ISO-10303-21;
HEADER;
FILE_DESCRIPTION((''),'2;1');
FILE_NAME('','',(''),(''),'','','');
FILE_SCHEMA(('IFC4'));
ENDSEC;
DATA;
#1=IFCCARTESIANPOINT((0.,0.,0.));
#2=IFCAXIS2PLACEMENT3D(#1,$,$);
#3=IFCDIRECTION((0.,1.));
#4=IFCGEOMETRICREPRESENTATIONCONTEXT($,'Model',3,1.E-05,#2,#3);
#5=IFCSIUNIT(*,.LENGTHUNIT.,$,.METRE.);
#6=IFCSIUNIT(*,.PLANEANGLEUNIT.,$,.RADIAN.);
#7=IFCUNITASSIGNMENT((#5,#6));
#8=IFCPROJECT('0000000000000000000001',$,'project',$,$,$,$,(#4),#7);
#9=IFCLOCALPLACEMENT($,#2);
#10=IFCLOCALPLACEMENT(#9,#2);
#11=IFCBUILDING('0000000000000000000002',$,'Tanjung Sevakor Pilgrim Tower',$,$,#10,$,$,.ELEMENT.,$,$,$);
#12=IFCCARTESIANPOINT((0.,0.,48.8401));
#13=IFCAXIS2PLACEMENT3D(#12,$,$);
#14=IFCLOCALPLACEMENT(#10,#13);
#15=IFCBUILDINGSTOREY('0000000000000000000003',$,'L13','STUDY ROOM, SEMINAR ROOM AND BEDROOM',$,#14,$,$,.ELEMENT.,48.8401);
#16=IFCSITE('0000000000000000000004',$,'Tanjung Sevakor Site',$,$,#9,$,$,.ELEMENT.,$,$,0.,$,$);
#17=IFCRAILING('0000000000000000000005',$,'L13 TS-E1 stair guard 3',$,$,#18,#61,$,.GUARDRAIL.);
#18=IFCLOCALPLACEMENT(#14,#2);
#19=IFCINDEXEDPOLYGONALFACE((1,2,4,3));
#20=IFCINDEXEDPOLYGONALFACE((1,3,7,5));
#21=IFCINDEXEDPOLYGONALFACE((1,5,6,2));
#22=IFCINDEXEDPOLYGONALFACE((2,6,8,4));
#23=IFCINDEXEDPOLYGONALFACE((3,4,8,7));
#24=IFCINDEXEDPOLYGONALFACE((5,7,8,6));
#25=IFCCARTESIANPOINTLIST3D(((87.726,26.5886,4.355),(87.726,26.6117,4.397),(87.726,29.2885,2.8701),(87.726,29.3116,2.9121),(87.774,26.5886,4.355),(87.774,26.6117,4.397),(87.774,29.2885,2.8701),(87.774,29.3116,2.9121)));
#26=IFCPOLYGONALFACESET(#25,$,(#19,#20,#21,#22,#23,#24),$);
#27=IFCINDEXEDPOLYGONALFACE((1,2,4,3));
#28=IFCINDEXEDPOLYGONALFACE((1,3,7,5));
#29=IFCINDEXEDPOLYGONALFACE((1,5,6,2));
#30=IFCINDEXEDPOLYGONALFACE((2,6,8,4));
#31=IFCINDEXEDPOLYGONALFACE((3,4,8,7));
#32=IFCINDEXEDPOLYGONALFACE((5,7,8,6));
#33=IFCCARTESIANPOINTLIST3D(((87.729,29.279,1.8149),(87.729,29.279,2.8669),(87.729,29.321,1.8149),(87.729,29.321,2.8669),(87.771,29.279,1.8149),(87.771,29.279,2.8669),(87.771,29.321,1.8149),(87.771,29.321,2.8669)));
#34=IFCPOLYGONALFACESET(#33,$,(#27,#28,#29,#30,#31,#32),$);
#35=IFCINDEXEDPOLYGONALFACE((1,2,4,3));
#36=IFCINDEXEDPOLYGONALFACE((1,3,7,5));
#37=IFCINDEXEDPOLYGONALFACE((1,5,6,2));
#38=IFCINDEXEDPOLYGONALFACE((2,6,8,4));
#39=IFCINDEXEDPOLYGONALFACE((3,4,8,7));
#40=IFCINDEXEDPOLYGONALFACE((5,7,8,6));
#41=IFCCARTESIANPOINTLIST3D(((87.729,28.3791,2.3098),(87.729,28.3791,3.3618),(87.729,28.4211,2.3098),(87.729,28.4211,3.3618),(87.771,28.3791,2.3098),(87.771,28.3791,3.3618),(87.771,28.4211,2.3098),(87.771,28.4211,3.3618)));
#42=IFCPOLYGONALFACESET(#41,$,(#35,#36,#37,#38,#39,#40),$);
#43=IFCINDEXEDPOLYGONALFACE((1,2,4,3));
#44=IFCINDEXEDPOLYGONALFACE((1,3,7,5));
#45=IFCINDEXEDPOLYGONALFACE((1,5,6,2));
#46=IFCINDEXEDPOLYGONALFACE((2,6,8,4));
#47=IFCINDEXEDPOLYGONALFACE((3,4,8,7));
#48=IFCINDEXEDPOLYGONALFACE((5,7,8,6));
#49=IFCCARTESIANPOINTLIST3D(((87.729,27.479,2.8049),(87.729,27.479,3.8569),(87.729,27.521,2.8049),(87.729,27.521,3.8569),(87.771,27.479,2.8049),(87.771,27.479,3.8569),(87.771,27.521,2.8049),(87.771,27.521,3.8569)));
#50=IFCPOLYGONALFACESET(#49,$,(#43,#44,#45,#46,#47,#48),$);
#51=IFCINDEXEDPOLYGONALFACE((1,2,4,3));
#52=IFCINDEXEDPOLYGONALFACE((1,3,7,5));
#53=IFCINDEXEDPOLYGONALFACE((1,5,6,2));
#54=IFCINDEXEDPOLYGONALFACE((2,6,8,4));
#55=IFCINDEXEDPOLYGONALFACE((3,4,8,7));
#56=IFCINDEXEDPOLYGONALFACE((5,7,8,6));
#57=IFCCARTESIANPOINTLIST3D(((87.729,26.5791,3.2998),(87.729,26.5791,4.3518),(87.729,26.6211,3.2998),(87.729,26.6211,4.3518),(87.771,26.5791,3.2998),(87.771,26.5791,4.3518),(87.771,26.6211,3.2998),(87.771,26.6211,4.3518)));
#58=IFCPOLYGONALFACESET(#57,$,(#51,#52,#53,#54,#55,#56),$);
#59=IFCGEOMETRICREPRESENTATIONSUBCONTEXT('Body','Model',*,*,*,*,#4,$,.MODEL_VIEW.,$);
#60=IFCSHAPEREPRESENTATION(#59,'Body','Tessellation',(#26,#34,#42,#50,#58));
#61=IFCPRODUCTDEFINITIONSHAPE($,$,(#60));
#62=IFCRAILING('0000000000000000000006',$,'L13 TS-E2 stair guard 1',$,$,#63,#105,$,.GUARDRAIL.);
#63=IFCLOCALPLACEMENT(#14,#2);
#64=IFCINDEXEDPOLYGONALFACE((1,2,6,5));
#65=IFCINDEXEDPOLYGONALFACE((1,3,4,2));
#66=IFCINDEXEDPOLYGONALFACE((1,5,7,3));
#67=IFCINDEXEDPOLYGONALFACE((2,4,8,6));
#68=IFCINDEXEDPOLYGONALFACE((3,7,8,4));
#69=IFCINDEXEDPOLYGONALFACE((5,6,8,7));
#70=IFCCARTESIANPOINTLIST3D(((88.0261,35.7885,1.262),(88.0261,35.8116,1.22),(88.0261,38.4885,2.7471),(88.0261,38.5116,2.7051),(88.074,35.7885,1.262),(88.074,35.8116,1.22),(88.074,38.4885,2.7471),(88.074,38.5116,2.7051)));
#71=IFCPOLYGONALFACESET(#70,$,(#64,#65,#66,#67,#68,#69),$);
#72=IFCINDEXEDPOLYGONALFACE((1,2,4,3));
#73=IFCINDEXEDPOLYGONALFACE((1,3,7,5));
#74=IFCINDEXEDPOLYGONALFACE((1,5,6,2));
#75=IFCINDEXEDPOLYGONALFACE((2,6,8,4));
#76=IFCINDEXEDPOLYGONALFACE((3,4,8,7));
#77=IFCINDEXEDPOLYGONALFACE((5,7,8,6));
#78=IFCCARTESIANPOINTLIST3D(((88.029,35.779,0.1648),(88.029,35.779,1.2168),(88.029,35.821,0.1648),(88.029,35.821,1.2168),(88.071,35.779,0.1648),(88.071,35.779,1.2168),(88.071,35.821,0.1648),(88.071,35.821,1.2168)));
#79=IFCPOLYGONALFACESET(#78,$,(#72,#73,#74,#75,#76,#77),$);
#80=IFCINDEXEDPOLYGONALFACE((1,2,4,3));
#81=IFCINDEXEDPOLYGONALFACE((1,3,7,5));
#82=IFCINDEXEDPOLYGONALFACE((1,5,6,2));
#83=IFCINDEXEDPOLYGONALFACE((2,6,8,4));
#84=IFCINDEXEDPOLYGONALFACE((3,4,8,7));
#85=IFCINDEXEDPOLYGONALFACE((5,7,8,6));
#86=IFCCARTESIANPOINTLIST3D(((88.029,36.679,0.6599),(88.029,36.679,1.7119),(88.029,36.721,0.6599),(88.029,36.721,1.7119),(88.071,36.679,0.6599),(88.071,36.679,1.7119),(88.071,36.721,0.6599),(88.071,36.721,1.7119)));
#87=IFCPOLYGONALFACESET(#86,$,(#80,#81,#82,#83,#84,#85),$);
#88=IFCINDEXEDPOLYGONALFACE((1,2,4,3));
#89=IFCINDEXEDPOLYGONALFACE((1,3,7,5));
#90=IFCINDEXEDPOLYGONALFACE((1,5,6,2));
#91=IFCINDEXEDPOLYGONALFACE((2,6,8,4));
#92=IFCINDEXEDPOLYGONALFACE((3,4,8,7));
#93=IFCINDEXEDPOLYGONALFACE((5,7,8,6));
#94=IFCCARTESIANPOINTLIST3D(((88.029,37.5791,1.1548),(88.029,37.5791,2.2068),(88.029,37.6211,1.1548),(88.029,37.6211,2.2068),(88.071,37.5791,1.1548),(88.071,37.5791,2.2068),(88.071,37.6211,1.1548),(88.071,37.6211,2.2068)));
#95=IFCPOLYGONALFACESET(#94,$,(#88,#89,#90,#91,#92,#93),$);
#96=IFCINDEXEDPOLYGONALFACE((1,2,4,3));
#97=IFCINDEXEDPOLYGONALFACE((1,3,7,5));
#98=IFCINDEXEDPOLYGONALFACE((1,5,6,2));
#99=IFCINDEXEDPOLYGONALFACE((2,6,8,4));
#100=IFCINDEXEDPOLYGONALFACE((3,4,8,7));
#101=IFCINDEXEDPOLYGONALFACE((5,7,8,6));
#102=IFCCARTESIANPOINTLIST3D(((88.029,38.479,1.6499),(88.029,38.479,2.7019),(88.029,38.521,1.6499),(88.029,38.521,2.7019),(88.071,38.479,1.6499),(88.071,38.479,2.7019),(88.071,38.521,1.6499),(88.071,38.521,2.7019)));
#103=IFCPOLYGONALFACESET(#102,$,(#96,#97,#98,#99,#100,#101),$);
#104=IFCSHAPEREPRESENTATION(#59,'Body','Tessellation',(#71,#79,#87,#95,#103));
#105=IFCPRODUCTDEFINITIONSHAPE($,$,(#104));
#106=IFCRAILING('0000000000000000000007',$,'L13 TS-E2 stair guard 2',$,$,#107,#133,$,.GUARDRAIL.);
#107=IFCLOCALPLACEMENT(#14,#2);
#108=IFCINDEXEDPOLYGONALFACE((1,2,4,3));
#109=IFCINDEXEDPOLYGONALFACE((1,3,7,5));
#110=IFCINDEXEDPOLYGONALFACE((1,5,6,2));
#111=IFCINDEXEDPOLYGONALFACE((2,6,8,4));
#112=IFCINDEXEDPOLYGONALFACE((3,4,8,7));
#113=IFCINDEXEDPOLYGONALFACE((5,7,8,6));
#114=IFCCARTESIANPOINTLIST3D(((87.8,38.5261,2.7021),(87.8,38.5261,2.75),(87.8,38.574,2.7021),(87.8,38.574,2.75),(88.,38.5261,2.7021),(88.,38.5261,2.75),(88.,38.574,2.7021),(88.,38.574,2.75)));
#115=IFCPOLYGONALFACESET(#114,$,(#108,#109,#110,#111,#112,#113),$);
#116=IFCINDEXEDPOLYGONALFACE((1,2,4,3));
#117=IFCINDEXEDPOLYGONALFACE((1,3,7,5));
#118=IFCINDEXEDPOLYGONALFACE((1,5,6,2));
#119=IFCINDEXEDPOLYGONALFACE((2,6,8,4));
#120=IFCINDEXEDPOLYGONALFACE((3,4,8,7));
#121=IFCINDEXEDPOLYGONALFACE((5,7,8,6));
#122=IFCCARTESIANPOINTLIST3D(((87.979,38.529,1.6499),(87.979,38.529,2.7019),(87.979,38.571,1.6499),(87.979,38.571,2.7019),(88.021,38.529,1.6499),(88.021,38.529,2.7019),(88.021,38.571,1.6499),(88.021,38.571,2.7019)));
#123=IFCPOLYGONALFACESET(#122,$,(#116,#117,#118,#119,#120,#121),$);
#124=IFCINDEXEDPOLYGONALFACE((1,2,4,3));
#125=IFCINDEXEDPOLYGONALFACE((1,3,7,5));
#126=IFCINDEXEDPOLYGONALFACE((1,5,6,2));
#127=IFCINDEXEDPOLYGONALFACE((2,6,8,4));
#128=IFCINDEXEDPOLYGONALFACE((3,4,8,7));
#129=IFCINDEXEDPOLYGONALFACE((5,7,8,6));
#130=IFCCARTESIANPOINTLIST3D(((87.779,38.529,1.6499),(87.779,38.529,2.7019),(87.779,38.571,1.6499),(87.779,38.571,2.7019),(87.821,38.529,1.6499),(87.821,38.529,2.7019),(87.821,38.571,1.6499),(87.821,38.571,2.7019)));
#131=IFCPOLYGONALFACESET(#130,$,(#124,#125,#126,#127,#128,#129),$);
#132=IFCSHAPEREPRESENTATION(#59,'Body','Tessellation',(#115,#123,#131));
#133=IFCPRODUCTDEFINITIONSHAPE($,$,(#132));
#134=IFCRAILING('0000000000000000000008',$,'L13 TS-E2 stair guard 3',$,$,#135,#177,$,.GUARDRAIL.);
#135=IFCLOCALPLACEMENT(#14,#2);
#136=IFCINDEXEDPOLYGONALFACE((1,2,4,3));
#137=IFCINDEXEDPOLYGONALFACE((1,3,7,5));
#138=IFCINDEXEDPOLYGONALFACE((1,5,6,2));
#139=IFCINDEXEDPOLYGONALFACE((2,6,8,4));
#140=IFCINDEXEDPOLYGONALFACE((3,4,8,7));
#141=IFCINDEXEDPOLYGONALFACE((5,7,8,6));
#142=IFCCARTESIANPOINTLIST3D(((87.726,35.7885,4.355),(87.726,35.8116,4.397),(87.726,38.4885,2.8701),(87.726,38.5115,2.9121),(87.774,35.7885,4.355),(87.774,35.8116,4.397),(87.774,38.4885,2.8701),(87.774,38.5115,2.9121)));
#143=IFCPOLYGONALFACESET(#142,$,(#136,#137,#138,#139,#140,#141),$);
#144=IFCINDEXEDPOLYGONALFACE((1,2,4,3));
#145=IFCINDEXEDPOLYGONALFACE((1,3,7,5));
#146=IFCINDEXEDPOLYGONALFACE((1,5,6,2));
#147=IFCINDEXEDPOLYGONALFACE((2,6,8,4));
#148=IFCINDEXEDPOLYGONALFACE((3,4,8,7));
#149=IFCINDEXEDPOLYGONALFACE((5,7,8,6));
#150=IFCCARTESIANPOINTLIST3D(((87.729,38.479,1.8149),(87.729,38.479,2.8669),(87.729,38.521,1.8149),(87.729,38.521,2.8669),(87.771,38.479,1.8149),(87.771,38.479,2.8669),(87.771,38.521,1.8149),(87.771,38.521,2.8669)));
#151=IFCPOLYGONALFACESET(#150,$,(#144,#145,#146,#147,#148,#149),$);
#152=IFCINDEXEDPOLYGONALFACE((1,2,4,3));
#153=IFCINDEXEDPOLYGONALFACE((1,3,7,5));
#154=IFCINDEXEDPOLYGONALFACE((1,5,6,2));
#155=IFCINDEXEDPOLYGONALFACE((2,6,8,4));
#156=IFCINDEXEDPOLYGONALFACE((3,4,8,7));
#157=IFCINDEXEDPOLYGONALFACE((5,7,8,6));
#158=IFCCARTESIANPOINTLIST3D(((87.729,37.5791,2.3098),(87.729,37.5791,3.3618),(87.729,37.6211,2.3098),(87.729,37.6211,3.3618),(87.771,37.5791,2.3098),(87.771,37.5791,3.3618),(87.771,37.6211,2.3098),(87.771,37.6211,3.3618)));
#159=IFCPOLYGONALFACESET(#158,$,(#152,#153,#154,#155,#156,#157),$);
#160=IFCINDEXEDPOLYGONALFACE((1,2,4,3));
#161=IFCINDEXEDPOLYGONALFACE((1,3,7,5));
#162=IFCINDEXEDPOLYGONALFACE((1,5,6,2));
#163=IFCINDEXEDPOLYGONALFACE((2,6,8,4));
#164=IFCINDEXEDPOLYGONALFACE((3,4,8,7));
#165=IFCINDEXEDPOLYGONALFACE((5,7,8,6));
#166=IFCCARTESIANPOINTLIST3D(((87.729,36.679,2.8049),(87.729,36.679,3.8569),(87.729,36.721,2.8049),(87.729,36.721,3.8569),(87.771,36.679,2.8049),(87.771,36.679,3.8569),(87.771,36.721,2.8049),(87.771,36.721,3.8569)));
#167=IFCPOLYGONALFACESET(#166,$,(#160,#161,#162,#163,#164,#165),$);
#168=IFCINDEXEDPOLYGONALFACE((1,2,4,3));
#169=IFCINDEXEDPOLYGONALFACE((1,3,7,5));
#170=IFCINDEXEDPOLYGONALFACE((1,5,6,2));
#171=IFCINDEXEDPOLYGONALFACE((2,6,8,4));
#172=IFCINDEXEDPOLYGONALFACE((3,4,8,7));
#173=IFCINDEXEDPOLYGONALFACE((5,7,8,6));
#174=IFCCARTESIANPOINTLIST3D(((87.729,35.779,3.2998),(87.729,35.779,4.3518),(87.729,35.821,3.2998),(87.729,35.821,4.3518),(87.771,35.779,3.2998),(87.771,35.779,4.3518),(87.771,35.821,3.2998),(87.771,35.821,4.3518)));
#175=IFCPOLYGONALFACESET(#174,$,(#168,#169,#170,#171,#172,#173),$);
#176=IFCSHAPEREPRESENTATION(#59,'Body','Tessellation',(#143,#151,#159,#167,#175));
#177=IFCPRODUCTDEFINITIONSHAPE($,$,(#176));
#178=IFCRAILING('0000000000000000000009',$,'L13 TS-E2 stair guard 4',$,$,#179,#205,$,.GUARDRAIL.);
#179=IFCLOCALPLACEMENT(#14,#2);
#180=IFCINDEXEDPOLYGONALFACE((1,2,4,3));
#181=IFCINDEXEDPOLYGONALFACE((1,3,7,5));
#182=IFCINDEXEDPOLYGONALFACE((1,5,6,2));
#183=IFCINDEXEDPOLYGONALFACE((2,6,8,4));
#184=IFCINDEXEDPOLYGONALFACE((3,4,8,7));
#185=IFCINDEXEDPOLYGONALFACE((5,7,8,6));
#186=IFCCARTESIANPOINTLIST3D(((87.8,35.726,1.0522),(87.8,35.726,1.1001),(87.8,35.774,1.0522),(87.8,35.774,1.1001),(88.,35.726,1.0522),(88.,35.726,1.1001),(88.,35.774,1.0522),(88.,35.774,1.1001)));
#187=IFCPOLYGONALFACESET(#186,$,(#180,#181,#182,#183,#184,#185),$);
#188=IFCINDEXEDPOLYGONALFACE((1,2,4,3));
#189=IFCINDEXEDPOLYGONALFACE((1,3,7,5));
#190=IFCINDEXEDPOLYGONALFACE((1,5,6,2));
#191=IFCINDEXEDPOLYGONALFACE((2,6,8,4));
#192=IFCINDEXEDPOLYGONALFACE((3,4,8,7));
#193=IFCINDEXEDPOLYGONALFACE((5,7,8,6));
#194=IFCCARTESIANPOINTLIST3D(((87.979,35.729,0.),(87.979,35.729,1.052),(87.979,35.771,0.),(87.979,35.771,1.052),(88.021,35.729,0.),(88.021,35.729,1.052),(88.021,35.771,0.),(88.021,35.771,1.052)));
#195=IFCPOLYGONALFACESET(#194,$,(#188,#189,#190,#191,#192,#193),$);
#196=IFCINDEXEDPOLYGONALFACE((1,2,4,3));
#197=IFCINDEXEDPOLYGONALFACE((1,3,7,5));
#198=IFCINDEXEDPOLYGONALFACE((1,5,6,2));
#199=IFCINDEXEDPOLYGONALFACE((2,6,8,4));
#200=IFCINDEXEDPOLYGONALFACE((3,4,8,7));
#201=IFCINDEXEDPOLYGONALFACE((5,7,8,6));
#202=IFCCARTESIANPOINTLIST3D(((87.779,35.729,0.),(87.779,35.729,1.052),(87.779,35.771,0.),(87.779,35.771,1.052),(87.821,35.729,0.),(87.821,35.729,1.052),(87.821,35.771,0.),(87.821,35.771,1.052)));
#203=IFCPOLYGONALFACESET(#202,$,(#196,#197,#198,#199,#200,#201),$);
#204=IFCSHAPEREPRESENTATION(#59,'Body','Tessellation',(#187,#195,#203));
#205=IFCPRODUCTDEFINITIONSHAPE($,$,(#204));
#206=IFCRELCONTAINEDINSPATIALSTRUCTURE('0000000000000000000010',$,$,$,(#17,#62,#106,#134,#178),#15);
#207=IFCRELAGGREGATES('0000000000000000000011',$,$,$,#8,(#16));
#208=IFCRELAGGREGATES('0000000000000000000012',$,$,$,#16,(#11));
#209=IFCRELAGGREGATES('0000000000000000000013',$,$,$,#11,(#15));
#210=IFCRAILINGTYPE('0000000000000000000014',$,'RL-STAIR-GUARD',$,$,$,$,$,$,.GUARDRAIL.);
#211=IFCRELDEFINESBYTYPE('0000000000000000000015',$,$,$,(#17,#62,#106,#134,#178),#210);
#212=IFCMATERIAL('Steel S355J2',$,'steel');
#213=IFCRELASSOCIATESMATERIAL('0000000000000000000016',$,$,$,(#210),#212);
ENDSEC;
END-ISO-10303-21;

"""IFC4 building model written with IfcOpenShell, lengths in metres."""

from ifc_helpers import new_model, si_unit, direction, frame, origin, place, context, subcontext, project, spatial, rectangle, extrude, material, type_object, element, save


model = new_model("IFC4")

# Units and contexts
model_context = context("Model", 3, precision=1e-05, world=origin(), true_north=direction((0.0, 1.0)))
body_context = subcontext(model_context, "Body", "Model", "MODEL_VIEW")
ifc_project = project(units=[si_unit("LENGTHUNIT", "METRE"), si_unit("PLANEANGLEUNIT", "RADIAN")], contexts=[model_context])

# Site, building, storey
site_placement = place(None, origin())
site = spatial("IfcSite", under=ifc_project, at=site_placement, Name="Tanjung Sevakor Site", CompositionType="ELEMENT", RefElevation=0.0)
building_placement = place(site_placement, origin())
building = spatial("IfcBuilding", under=site, at=building_placement, Name="Tanjung Sevakor Pilgrim Tower", CompositionType="ELEMENT")
storey_placement = place(building_placement, frame((0.0, 0.0, 48.8401)))
storey = spatial("IfcBuildingStorey", under=building, at=storey_placement, Name="L13", Description="STUDY ROOM, SEMINAR ROOM AND BEDROOM", CompositionType="ELEMENT", Elevation=48.8401)

# Railings
ifc_material_1 = material(Name="Steel S355J2", Category="steel")
railing_type_1 = type_object("IfcRailingType", Name="RL-STAIR-GUARD", PredefinedType="GUARDRAIL", material=ifc_material_1)
railing_1_placement = place(storey_placement, frame((87.75, 29.3, 1.8149)))
element("IfcRailing", 1, at=railing_1_placement, inside=storey, type_object=railing_type_1, Name="L13 TS-E1 stair guard 3", PredefinedType="GUARDRAIL", context=body_context, shape_type="SweptSolid", body=[
    extrude(rectangle(XDim=0.0479, YDim=0.0479), frame((0.0, 0.0, 1.0762), z_axis=(0.0, -0.876231, 0.481891), x_axis=(1.0, 0.0, 0.0)), (0.0, 0.0, 1.0), 3.0813),
    extrude(rectangle(XDim=0.042, YDim=0.042), origin(), (0.0, 0.0, 1.0), 1.052),
    extrude(rectangle(XDim=0.042, YDim=0.042), frame((0.0, -0.8999, 0.4949)), (0.0, 0.0, 1.0), 1.052),
    extrude(rectangle(XDim=0.042, YDim=0.042), frame((0.0, -1.8, 0.99)), (0.0, 0.0, 1.0), 1.052),
    extrude(rectangle(XDim=0.042, YDim=0.042), frame((0.0, -2.7, 1.4849)), (0.0, 0.0, 1.0), 1.052),
])
railing_2_placement = place(storey_placement, frame((88.05, 35.8, 0.1648)))
element("IfcRailing", 2, at=railing_2_placement, inside=storey, type_object=railing_type_1, Name="L13 TS-E2 stair guard 1", PredefinedType="GUARDRAIL", context=body_context, shape_type="SweptSolid", body=[
    extrude(rectangle(XDim=0.0479, YDim=0.0479), frame((0.0, 0.0, 1.0762), z_axis=(0.0, 0.876198, 0.481952), x_axis=(-1.0, 0.0, 0.0)), (0.0, 0.0, 1.0), 3.0815),
    extrude(rectangle(XDim=0.042, YDim=0.042), origin(), (0.0, 0.0, 1.0), 1.052),
    extrude(rectangle(XDim=0.042, YDim=0.042), frame((0.0, 0.8999, 0.4951)), (0.0, 0.0, 1.0), 1.052),
    extrude(rectangle(XDim=0.042, YDim=0.042), frame((0.0, 1.8, 0.99)), (0.0, 0.0, 1.0), 1.052),
    extrude(rectangle(XDim=0.042, YDim=0.042), frame((0.0, 2.7, 1.4851)), (0.0, 0.0, 1.0), 1.052),
])
railing_3_placement = place(storey_placement, frame((88.0, 38.55, 1.6499)))
element("IfcRailing", 3, at=railing_3_placement, inside=storey, type_object=railing_type_1, Name="L13 TS-E2 stair guard 2", PredefinedType="GUARDRAIL", context=body_context, shape_type="SweptSolid", body=[
    extrude(rectangle(XDim=0.0479, YDim=0.0479), frame((0.0, 0.0, 1.0762), z_axis=(-1.0, 0.0, 0.0), x_axis=(0.0, -1.0, 0.0)), (0.0, 0.0, 1.0), 0.2),
    extrude(rectangle(XDim=0.042, YDim=0.042), origin(), (0.0, 0.0, 1.0), 1.052),
    extrude(rectangle(XDim=0.042, YDim=0.042), frame((-0.2, 0.0, 0.0)), (0.0, 0.0, 1.0), 1.052),
])
railing_4_placement = place(storey_placement, frame((87.75, 38.5, 1.8149)))
element("IfcRailing", 4, at=railing_4_placement, inside=storey, type_object=railing_type_1, Name="L13 TS-E2 stair guard 3", PredefinedType="GUARDRAIL", context=body_context, shape_type="SweptSolid", body=[
    extrude(rectangle(XDim=0.0479, YDim=0.0479), frame((0.0, 0.0, 1.0762), z_axis=(0.0, -0.876231, 0.481891), x_axis=(1.0, 0.0, 0.0)), (0.0, 0.0, 1.0), 3.0813),
    extrude(rectangle(XDim=0.042, YDim=0.042), origin(), (0.0, 0.0, 1.0), 1.052),
    extrude(rectangle(XDim=0.042, YDim=0.042), frame((0.0, -0.8999, 0.4949)), (0.0, 0.0, 1.0), 1.052),
    extrude(rectangle(XDim=0.042, YDim=0.042), frame((0.0, -1.8, 0.99)), (0.0, 0.0, 1.0), 1.052),
    extrude(rectangle(XDim=0.042, YDim=0.042), frame((0.0, -2.7, 1.4849)), (0.0, 0.0, 1.0), 1.052),
])
railing_5_placement = place(storey_placement, frame((88.0, 35.75, 0.0)))
element("IfcRailing", 5, at=railing_5_placement, inside=storey, type_object=railing_type_1, Name="L13 TS-E2 stair guard 4", PredefinedType="GUARDRAIL", context=body_context, shape_type="SweptSolid", body=[
    extrude(rectangle(XDim=0.0479, YDim=0.0479), frame((0.0, 0.0, 1.0762), z_axis=(-1.0, 0.0, 0.0), x_axis=(0.0, -1.0, 0.0)), (0.0, 0.0, 1.0), 0.2),
    extrude(rectangle(XDim=0.042, YDim=0.042), origin(), (0.0, 0.0, 1.0), 1.052),
    extrude(rectangle(XDim=0.042, YDim=0.042), frame((-0.2, 0.0, 0.0)), (0.0, 0.0, 1.0), 1.052),
])

save(model, "model.ifc")
